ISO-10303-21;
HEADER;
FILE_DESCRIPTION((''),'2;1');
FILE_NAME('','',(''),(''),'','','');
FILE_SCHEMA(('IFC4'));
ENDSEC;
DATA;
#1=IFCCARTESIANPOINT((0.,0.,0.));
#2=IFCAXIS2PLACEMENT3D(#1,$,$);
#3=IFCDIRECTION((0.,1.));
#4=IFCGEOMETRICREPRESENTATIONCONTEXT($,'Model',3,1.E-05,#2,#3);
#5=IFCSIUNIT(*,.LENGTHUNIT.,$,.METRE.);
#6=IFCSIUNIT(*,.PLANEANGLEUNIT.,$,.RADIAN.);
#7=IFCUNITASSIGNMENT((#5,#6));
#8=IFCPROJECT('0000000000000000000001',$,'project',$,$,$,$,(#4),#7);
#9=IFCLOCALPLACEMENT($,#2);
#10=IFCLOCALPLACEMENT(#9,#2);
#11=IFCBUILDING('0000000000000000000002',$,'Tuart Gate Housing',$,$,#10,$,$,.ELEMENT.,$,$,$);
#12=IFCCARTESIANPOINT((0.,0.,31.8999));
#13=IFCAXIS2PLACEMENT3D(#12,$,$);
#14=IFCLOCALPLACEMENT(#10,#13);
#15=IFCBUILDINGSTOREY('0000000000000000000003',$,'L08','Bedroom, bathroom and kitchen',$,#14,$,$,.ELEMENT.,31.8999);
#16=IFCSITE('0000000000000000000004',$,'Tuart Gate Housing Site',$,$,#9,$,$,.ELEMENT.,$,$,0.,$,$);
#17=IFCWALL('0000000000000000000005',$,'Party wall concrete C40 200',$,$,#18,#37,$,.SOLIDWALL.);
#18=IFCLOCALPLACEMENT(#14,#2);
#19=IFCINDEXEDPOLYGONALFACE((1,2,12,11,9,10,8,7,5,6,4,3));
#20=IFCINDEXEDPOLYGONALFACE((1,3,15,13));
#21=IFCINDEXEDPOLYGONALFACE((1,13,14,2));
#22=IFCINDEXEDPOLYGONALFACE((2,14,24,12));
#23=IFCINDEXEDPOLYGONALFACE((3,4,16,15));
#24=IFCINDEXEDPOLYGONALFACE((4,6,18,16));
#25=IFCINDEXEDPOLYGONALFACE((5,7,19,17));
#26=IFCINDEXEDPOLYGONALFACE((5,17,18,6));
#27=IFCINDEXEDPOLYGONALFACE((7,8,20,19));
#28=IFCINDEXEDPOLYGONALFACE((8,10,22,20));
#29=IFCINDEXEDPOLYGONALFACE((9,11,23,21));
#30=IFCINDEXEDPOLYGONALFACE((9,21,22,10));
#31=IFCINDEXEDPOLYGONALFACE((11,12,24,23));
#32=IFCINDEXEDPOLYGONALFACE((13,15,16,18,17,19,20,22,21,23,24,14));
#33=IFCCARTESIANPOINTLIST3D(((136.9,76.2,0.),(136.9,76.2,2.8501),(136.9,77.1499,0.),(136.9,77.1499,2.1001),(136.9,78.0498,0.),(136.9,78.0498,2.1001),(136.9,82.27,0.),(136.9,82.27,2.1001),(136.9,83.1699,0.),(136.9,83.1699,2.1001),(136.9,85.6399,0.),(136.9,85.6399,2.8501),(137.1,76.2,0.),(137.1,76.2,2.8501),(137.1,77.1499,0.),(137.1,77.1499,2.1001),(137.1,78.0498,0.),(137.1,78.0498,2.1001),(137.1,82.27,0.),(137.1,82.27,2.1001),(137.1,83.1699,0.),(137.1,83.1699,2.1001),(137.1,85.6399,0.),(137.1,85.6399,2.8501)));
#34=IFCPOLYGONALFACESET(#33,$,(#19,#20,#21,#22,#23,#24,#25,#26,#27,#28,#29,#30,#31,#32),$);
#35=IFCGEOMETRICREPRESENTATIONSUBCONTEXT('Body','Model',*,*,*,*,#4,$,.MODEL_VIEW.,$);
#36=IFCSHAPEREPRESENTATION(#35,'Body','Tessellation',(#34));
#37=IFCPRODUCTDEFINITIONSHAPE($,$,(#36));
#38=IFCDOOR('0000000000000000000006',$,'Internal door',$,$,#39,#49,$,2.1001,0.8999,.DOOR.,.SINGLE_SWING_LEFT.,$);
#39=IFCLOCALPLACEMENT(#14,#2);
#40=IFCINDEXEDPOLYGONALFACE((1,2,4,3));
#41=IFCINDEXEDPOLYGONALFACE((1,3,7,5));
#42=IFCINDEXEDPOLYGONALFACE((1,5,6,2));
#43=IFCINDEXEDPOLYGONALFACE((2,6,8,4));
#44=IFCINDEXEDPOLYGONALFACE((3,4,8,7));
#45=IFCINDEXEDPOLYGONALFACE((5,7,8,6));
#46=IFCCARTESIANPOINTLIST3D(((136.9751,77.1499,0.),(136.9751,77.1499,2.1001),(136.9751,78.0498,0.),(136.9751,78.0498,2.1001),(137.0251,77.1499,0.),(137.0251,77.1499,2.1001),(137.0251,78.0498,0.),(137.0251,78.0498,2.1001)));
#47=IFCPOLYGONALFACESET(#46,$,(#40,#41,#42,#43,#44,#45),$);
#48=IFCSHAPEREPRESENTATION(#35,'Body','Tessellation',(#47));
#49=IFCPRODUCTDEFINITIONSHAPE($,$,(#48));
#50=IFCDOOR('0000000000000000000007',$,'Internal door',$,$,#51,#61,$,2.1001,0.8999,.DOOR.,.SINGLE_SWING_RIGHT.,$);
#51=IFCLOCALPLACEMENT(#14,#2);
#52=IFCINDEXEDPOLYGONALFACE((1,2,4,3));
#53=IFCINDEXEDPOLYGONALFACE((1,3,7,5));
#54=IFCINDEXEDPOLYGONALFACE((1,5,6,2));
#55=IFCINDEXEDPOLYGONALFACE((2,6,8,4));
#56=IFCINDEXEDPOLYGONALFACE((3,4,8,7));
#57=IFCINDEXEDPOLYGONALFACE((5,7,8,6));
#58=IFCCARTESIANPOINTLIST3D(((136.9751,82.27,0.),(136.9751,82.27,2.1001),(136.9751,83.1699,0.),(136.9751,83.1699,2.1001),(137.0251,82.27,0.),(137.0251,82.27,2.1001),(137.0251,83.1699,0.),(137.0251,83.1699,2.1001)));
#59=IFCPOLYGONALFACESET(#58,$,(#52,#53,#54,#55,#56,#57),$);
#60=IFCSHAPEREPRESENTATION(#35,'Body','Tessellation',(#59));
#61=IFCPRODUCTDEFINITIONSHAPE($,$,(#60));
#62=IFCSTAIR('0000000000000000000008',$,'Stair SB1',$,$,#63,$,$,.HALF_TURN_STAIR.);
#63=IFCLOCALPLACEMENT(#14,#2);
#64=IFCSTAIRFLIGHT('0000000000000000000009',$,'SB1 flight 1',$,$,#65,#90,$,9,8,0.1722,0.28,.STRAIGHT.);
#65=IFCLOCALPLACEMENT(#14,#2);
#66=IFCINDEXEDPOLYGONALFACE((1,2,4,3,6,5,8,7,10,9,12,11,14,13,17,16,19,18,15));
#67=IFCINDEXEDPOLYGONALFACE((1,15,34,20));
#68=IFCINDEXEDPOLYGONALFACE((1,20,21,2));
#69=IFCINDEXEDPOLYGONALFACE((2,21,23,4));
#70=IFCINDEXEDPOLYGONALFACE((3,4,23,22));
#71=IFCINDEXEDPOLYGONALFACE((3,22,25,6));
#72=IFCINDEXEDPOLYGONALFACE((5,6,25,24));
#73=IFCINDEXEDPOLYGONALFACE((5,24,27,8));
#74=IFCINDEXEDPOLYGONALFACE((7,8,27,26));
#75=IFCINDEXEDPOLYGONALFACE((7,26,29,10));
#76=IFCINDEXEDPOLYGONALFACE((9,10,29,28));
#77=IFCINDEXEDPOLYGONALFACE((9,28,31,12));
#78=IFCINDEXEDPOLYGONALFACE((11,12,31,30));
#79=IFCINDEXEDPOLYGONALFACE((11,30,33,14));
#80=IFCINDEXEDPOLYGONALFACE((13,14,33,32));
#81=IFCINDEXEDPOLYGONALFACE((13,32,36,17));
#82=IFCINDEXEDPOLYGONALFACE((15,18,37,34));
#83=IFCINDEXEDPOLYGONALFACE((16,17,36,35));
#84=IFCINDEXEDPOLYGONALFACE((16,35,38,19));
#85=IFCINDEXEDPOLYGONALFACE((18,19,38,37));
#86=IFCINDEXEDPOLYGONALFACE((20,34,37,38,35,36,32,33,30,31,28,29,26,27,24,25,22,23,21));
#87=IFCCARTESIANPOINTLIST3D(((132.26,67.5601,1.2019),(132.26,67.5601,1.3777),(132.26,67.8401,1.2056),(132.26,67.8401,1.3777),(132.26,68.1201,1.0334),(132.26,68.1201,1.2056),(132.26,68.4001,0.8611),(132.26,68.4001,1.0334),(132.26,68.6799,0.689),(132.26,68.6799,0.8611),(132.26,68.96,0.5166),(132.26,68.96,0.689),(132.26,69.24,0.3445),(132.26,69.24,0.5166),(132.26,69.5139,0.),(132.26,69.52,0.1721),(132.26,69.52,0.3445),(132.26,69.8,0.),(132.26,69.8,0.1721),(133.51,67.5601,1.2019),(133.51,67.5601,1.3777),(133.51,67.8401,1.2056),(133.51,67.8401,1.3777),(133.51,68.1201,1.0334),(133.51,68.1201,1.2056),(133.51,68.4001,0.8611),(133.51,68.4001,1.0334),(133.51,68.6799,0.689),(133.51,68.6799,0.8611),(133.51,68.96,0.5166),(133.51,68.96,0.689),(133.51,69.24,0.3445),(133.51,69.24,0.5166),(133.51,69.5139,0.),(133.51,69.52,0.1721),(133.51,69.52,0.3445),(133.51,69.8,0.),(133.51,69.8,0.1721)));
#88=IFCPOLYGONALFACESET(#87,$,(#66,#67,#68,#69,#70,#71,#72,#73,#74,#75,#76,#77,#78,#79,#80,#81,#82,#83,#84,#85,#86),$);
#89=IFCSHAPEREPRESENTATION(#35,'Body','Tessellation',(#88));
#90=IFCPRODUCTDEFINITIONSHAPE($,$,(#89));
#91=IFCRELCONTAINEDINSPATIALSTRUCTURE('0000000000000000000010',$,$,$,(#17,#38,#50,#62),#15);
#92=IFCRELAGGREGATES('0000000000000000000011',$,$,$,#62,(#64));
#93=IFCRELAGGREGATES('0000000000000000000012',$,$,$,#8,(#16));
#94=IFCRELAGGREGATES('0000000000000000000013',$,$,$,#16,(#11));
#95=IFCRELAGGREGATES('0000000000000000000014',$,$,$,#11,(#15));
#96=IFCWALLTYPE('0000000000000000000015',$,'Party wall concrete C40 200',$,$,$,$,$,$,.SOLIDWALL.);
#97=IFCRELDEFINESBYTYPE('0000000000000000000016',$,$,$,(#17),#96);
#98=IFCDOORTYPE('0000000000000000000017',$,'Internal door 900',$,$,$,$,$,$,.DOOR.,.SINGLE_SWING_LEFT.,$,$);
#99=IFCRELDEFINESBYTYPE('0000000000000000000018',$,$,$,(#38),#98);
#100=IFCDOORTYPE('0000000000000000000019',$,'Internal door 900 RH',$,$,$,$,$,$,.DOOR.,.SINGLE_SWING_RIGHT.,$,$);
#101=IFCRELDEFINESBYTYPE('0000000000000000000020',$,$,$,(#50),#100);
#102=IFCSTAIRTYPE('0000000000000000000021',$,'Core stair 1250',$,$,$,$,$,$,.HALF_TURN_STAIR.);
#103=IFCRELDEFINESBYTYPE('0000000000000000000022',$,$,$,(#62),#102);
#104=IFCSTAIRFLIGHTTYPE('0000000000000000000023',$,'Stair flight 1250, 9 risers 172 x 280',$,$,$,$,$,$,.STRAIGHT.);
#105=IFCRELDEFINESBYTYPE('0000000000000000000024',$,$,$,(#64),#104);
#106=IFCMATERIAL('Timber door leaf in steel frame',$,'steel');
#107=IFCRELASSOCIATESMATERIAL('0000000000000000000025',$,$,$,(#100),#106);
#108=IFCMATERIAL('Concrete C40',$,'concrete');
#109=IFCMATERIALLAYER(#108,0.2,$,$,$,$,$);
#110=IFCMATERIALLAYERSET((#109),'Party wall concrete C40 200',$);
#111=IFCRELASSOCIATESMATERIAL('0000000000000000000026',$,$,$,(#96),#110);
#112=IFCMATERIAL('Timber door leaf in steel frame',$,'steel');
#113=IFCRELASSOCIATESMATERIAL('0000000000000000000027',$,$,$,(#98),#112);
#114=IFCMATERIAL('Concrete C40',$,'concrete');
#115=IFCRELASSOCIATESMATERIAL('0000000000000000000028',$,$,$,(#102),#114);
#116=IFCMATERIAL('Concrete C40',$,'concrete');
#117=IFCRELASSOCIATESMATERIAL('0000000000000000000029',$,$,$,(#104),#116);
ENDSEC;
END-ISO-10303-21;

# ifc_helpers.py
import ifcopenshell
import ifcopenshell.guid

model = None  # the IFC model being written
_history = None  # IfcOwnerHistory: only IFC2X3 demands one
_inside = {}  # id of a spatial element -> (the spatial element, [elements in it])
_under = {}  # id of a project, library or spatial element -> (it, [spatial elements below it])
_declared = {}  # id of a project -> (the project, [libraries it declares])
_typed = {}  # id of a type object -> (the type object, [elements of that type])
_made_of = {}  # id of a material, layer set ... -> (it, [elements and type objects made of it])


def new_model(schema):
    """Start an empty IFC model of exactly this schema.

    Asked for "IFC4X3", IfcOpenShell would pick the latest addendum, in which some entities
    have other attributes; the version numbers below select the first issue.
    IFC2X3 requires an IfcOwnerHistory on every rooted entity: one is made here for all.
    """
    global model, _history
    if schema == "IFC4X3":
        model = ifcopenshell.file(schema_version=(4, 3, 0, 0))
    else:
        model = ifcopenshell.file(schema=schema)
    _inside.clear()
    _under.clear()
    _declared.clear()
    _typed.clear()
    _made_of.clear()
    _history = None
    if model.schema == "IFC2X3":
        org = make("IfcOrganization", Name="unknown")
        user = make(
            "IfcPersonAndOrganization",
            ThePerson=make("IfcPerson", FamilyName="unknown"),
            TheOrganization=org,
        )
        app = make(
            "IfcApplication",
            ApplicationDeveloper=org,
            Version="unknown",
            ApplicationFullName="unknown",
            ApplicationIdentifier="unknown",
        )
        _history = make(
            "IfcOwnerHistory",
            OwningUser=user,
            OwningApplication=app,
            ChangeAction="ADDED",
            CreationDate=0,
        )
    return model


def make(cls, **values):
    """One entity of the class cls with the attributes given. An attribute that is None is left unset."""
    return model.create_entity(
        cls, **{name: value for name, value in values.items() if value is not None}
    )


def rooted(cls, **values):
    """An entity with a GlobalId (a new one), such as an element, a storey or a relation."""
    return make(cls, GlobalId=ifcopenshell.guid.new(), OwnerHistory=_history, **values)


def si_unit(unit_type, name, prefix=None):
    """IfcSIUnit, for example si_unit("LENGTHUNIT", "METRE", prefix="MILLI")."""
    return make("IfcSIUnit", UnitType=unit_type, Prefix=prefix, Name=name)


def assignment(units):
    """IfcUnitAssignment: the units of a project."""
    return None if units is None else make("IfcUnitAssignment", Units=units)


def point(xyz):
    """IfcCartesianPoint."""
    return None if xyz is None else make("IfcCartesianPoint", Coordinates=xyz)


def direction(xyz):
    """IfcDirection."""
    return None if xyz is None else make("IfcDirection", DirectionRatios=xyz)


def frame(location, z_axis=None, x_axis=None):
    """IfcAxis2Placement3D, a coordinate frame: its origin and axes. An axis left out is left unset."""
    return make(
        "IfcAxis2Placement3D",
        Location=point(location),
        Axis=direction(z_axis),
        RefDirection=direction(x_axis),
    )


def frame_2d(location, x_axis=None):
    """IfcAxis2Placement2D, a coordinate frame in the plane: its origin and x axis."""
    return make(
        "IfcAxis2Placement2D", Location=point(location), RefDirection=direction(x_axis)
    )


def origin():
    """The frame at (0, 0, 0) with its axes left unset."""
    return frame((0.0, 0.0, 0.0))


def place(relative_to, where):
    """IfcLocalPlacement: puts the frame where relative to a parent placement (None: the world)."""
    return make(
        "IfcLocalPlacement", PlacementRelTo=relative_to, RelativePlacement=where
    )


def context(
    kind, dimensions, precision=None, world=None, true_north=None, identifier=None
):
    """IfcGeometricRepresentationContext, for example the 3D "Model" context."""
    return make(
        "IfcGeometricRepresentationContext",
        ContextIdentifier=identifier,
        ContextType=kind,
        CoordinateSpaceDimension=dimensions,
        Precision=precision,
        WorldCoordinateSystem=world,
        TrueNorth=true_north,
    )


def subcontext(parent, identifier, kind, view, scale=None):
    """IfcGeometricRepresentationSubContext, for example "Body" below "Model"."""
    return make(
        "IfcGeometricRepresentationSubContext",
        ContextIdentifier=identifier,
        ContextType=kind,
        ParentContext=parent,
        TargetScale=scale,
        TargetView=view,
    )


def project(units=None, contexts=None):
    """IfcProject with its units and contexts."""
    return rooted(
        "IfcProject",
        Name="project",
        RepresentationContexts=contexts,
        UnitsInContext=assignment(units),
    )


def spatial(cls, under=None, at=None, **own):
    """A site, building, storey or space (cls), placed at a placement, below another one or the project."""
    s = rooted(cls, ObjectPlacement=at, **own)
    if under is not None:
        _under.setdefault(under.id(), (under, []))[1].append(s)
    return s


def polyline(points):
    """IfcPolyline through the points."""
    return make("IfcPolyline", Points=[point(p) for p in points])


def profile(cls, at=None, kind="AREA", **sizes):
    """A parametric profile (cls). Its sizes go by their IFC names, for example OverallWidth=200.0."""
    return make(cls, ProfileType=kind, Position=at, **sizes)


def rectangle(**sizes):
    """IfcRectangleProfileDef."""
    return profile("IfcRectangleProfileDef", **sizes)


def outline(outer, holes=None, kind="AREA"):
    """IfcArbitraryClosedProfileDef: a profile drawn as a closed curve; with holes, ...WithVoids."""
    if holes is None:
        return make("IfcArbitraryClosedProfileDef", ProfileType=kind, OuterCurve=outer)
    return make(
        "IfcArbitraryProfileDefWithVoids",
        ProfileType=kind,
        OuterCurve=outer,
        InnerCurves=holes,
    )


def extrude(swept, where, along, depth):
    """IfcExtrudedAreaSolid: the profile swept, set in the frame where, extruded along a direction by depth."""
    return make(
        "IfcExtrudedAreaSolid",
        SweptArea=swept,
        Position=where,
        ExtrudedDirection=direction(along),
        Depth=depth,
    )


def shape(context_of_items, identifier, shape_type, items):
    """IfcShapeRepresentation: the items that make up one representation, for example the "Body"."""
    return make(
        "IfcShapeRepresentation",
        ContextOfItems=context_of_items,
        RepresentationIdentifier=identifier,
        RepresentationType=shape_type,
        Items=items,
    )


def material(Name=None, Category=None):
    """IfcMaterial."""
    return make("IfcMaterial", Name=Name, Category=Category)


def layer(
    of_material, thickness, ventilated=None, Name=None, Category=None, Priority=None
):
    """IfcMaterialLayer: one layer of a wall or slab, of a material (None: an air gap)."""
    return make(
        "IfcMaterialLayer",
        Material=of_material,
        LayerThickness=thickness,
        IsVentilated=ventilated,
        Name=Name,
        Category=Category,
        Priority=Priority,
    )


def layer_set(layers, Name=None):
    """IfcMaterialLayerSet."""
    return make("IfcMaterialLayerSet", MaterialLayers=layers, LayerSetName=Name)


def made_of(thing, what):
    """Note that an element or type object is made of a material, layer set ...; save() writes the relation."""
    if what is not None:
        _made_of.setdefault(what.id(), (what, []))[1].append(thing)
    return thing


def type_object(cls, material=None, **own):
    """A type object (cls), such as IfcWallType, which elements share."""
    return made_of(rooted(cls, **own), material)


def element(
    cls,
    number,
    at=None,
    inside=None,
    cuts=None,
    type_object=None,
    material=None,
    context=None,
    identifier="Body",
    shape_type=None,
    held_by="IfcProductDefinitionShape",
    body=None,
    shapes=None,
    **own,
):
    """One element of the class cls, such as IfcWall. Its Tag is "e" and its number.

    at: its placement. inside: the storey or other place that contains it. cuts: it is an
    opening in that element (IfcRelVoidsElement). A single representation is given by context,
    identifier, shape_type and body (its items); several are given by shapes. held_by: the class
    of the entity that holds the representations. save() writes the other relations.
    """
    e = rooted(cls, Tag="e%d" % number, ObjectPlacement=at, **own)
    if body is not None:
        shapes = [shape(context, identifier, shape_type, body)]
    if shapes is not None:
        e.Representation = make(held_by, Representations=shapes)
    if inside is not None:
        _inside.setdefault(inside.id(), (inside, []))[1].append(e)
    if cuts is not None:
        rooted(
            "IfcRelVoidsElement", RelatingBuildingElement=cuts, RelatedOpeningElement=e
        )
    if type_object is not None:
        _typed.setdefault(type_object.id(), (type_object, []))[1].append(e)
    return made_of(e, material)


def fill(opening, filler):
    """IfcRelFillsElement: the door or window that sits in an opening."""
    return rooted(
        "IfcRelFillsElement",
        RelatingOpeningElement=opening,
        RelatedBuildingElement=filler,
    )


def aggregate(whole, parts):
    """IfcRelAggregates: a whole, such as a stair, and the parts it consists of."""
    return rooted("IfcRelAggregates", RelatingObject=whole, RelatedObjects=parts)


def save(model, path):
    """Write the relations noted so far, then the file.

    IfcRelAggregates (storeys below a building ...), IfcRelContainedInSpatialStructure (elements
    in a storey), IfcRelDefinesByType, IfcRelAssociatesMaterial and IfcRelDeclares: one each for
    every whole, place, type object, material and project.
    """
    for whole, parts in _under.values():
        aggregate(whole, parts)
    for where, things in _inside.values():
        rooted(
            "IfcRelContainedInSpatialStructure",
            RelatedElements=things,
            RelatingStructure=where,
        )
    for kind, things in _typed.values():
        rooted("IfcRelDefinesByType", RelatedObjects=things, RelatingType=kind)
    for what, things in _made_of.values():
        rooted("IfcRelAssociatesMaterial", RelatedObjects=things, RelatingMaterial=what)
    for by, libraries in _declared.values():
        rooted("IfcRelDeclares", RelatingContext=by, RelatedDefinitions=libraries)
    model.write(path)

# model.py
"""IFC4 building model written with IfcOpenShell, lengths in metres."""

from ifc_helpers import new_model, si_unit, direction, frame, frame_2d, origin, place, context, subcontext, project, spatial, polyline, rectangle, outline, extrude, material, layer, layer_set, type_object, element, fill, aggregate, save


model = new_model("IFC4")

# Units and contexts
model_context = context("Model", 3, precision=1e-05, world=origin(), true_north=direction((0.0, 1.0)))
body_context = subcontext(model_context, "Body", "Model", "MODEL_VIEW")
ifc_project = project(units=[si_unit("LENGTHUNIT", "METRE"), si_unit("PLANEANGLEUNIT", "RADIAN")], contexts=[model_context])

# Site, building, storey
site_placement = place(None, origin())
site = spatial("IfcSite", under=ifc_project, at=site_placement, Name="Tuart Gate Housing Site", CompositionType="ELEMENT", RefElevation=0.0)
building_placement = place(site_placement, origin())
building = spatial("IfcBuilding", under=site, at=building_placement, Name="Tuart Gate Housing", CompositionType="ELEMENT")
storey_placement = place(building_placement, frame((0.0, 0.0, 31.8999)))
storey = spatial("IfcBuildingStorey", under=building, at=storey_placement, Name="L08", Description="Bedroom, bathroom and kitchen", CompositionType="ELEMENT", Elevation=31.8999)

# Wall, openings, doors
ifc_material_1 = material(Name="Timber door leaf in steel frame", Category="steel")
door_type_1 = type_object("IfcDoorType", Name="Internal door 900 RH", OperationType="SINGLE_SWING_RIGHT", PredefinedType="DOOR", material=ifc_material_1)
ifc_material_2 = material(Name="Concrete C40", Category="concrete")
ifc_layer_1 = layer(ifc_material_2, 0.2)
ifc_layer_set_1 = layer_set([ifc_layer_1], Name="Party wall concrete C40 200")
wall_type_1 = type_object("IfcWallType", Name="Party wall concrete C40 200", PredefinedType="SOLIDWALL", material=ifc_layer_set_1)
wall_1_placement = place(storey_placement, frame((137.0, 76.2, 0.0), z_axis=(0.0, 0.0, 1.0), x_axis=(0.0, 1.0, 0.0)))
wall_1 = element("IfcWall", 1, at=wall_1_placement, inside=storey, type_object=wall_type_1, Name="Party wall concrete C40 200", PredefinedType="SOLIDWALL", context=body_context, shape_type="SweptSolid", body=[
    extrude(rectangle(XDim=9.4399, YDim=0.2, at=frame_2d((4.72, 0.0))), origin(), (0.0, 0.0, 1.0), 2.8501),
])
opening_1_placement = place(wall_1_placement, frame((6.0701, 0.0, 0.0)))
opening_1 = element("IfcOpeningElement", 2, at=opening_1_placement, cuts=wall_1, PredefinedType="OPENING", context=body_context, shape_type="SweptSolid", body=[
    extrude(rectangle(XDim=0.8999, YDim=2.1001, at=frame_2d((0.45, 1.05))), frame((0.0, 0.1099, 0.0), z_axis=(0.0, -1.0, 0.0), x_axis=(1.0, 0.0, 0.0)), (0.0, 0.0, 1.0), 0.22),
])
opening_2_placement = place(wall_1_placement, frame((0.95, 0.0, 0.0)))
opening_2 = element("IfcOpeningElement", 3, at=opening_2_placement, cuts=wall_1, PredefinedType="OPENING", context=body_context, shape_type="SweptSolid", body=[
    extrude(rectangle(XDim=0.8999, YDim=2.1001, at=frame_2d((0.45, 1.05))), frame((0.0, 0.1099, 0.0), z_axis=(0.0, -1.0, 0.0), x_axis=(1.0, 0.0, 0.0)), (0.0, 0.0, 1.0), 0.22),
])
ifc_material_3 = material(Name="Timber door leaf in steel frame", Category="steel")
door_type_2 = type_object("IfcDoorType", Name="Internal door 900", OperationType="SINGLE_SWING_LEFT", PredefinedType="DOOR", material=ifc_material_3)
door_1_placement = place(opening_2_placement, origin())
door_1 = element("IfcDoor", 4, at=door_1_placement, inside=storey, type_object=door_type_2, Name="Internal door", OperationType="SINGLE_SWING_LEFT", OverallHeight=2.1001, OverallWidth=0.8999, PredefinedType="DOOR", context=body_context, shape_type="SweptSolid", body=[
    extrude(rectangle(XDim=0.8999, YDim=2.1001, at=frame_2d((0.45, 1.05))), frame((0.0, 0.0249, 0.0), z_axis=(0.0, -1.0, 0.0), x_axis=(1.0, 0.0, 0.0)), (0.0, 0.0, 1.0), 0.05),
])
fill(opening_2, door_1)
door_2_placement = place(opening_1_placement, origin())
door_2 = element("IfcDoor", 5, at=door_2_placement, inside=storey, type_object=door_type_1, Name="Internal door", OperationType="SINGLE_SWING_RIGHT", OverallHeight=2.1001, OverallWidth=0.8999, PredefinedType="DOOR", context=body_context, shape_type="SweptSolid", body=[
    extrude(rectangle(XDim=0.8999, YDim=2.1001, at=frame_2d((0.45, 1.05))), frame((0.0, 0.0249, 0.0), z_axis=(0.0, -1.0, 0.0), x_axis=(1.0, 0.0, 0.0)), (0.0, 0.0, 1.0), 0.05),
])
fill(opening_1, door_2)

# Stair, stair flight
ifc_material_4 = material(Name="Concrete C40", Category="concrete")
stair_type = type_object("IfcStairType", Name="Core stair 1250", PredefinedType="HALF_TURN_STAIR", material=ifc_material_4)
stair_placement = place(storey_placement, origin())
stair = element("IfcStair", 6, at=stair_placement, inside=storey, type_object=stair_type, Name="Stair SB1", PredefinedType="HALF_TURN_STAIR")
ifc_material_5 = material(Name="Concrete C40", Category="concrete")
stair_flight_type = type_object("IfcStairFlightType", Name="Stair flight 1250, 9 risers 172 x 280", PredefinedType="STRAIGHT", material=ifc_material_5)
stair_flight_placement = place(storey_placement, frame((132.885, 69.8, 0.0), z_axis=(0.0, 0.0, 1.0), x_axis=(0.0, -1.0, 0.0)))
stair_flight = element("IfcStairFlight", 7, at=stair_flight_placement, type_object=stair_flight_type, Name="SB1 flight 1", NumberOfRisers=9, NumberOfTreads=8, PredefinedType="STRAIGHT", RiserHeight=0.1722, TreadLength=0.28, context=body_context, shape_type="SweptSolid", body=[
    extrude(outline(polyline([(0.0, 0.0), (0.0, 0.1721), (0.28, 0.1721), (0.28, 0.3445), (0.5601, 0.3445), (0.5601, 0.5166), (0.8401, 0.5166), (0.8401, 0.689), (1.1201, 0.689), (1.1201, 0.8611), (1.3999, 0.8611), (1.3999, 1.0334), (1.6799, 1.0334), (1.6799, 1.2056), (1.96, 1.2056), (1.96, 1.3777), (2.24, 1.3777), (2.24, 1.55), (2.24, 1.2019), (0.2861, 0.0), (0.0, 0.0)])), frame((0.0, 0.625, 0.0), z_axis=(0.0, -1.0, 0.0), x_axis=(1.0, 0.0, 0.0)), (0.0, 0.0, 1.0), 1.25),
])
aggregate(stair, [stair_flight])

save(model, "model.ifc")
